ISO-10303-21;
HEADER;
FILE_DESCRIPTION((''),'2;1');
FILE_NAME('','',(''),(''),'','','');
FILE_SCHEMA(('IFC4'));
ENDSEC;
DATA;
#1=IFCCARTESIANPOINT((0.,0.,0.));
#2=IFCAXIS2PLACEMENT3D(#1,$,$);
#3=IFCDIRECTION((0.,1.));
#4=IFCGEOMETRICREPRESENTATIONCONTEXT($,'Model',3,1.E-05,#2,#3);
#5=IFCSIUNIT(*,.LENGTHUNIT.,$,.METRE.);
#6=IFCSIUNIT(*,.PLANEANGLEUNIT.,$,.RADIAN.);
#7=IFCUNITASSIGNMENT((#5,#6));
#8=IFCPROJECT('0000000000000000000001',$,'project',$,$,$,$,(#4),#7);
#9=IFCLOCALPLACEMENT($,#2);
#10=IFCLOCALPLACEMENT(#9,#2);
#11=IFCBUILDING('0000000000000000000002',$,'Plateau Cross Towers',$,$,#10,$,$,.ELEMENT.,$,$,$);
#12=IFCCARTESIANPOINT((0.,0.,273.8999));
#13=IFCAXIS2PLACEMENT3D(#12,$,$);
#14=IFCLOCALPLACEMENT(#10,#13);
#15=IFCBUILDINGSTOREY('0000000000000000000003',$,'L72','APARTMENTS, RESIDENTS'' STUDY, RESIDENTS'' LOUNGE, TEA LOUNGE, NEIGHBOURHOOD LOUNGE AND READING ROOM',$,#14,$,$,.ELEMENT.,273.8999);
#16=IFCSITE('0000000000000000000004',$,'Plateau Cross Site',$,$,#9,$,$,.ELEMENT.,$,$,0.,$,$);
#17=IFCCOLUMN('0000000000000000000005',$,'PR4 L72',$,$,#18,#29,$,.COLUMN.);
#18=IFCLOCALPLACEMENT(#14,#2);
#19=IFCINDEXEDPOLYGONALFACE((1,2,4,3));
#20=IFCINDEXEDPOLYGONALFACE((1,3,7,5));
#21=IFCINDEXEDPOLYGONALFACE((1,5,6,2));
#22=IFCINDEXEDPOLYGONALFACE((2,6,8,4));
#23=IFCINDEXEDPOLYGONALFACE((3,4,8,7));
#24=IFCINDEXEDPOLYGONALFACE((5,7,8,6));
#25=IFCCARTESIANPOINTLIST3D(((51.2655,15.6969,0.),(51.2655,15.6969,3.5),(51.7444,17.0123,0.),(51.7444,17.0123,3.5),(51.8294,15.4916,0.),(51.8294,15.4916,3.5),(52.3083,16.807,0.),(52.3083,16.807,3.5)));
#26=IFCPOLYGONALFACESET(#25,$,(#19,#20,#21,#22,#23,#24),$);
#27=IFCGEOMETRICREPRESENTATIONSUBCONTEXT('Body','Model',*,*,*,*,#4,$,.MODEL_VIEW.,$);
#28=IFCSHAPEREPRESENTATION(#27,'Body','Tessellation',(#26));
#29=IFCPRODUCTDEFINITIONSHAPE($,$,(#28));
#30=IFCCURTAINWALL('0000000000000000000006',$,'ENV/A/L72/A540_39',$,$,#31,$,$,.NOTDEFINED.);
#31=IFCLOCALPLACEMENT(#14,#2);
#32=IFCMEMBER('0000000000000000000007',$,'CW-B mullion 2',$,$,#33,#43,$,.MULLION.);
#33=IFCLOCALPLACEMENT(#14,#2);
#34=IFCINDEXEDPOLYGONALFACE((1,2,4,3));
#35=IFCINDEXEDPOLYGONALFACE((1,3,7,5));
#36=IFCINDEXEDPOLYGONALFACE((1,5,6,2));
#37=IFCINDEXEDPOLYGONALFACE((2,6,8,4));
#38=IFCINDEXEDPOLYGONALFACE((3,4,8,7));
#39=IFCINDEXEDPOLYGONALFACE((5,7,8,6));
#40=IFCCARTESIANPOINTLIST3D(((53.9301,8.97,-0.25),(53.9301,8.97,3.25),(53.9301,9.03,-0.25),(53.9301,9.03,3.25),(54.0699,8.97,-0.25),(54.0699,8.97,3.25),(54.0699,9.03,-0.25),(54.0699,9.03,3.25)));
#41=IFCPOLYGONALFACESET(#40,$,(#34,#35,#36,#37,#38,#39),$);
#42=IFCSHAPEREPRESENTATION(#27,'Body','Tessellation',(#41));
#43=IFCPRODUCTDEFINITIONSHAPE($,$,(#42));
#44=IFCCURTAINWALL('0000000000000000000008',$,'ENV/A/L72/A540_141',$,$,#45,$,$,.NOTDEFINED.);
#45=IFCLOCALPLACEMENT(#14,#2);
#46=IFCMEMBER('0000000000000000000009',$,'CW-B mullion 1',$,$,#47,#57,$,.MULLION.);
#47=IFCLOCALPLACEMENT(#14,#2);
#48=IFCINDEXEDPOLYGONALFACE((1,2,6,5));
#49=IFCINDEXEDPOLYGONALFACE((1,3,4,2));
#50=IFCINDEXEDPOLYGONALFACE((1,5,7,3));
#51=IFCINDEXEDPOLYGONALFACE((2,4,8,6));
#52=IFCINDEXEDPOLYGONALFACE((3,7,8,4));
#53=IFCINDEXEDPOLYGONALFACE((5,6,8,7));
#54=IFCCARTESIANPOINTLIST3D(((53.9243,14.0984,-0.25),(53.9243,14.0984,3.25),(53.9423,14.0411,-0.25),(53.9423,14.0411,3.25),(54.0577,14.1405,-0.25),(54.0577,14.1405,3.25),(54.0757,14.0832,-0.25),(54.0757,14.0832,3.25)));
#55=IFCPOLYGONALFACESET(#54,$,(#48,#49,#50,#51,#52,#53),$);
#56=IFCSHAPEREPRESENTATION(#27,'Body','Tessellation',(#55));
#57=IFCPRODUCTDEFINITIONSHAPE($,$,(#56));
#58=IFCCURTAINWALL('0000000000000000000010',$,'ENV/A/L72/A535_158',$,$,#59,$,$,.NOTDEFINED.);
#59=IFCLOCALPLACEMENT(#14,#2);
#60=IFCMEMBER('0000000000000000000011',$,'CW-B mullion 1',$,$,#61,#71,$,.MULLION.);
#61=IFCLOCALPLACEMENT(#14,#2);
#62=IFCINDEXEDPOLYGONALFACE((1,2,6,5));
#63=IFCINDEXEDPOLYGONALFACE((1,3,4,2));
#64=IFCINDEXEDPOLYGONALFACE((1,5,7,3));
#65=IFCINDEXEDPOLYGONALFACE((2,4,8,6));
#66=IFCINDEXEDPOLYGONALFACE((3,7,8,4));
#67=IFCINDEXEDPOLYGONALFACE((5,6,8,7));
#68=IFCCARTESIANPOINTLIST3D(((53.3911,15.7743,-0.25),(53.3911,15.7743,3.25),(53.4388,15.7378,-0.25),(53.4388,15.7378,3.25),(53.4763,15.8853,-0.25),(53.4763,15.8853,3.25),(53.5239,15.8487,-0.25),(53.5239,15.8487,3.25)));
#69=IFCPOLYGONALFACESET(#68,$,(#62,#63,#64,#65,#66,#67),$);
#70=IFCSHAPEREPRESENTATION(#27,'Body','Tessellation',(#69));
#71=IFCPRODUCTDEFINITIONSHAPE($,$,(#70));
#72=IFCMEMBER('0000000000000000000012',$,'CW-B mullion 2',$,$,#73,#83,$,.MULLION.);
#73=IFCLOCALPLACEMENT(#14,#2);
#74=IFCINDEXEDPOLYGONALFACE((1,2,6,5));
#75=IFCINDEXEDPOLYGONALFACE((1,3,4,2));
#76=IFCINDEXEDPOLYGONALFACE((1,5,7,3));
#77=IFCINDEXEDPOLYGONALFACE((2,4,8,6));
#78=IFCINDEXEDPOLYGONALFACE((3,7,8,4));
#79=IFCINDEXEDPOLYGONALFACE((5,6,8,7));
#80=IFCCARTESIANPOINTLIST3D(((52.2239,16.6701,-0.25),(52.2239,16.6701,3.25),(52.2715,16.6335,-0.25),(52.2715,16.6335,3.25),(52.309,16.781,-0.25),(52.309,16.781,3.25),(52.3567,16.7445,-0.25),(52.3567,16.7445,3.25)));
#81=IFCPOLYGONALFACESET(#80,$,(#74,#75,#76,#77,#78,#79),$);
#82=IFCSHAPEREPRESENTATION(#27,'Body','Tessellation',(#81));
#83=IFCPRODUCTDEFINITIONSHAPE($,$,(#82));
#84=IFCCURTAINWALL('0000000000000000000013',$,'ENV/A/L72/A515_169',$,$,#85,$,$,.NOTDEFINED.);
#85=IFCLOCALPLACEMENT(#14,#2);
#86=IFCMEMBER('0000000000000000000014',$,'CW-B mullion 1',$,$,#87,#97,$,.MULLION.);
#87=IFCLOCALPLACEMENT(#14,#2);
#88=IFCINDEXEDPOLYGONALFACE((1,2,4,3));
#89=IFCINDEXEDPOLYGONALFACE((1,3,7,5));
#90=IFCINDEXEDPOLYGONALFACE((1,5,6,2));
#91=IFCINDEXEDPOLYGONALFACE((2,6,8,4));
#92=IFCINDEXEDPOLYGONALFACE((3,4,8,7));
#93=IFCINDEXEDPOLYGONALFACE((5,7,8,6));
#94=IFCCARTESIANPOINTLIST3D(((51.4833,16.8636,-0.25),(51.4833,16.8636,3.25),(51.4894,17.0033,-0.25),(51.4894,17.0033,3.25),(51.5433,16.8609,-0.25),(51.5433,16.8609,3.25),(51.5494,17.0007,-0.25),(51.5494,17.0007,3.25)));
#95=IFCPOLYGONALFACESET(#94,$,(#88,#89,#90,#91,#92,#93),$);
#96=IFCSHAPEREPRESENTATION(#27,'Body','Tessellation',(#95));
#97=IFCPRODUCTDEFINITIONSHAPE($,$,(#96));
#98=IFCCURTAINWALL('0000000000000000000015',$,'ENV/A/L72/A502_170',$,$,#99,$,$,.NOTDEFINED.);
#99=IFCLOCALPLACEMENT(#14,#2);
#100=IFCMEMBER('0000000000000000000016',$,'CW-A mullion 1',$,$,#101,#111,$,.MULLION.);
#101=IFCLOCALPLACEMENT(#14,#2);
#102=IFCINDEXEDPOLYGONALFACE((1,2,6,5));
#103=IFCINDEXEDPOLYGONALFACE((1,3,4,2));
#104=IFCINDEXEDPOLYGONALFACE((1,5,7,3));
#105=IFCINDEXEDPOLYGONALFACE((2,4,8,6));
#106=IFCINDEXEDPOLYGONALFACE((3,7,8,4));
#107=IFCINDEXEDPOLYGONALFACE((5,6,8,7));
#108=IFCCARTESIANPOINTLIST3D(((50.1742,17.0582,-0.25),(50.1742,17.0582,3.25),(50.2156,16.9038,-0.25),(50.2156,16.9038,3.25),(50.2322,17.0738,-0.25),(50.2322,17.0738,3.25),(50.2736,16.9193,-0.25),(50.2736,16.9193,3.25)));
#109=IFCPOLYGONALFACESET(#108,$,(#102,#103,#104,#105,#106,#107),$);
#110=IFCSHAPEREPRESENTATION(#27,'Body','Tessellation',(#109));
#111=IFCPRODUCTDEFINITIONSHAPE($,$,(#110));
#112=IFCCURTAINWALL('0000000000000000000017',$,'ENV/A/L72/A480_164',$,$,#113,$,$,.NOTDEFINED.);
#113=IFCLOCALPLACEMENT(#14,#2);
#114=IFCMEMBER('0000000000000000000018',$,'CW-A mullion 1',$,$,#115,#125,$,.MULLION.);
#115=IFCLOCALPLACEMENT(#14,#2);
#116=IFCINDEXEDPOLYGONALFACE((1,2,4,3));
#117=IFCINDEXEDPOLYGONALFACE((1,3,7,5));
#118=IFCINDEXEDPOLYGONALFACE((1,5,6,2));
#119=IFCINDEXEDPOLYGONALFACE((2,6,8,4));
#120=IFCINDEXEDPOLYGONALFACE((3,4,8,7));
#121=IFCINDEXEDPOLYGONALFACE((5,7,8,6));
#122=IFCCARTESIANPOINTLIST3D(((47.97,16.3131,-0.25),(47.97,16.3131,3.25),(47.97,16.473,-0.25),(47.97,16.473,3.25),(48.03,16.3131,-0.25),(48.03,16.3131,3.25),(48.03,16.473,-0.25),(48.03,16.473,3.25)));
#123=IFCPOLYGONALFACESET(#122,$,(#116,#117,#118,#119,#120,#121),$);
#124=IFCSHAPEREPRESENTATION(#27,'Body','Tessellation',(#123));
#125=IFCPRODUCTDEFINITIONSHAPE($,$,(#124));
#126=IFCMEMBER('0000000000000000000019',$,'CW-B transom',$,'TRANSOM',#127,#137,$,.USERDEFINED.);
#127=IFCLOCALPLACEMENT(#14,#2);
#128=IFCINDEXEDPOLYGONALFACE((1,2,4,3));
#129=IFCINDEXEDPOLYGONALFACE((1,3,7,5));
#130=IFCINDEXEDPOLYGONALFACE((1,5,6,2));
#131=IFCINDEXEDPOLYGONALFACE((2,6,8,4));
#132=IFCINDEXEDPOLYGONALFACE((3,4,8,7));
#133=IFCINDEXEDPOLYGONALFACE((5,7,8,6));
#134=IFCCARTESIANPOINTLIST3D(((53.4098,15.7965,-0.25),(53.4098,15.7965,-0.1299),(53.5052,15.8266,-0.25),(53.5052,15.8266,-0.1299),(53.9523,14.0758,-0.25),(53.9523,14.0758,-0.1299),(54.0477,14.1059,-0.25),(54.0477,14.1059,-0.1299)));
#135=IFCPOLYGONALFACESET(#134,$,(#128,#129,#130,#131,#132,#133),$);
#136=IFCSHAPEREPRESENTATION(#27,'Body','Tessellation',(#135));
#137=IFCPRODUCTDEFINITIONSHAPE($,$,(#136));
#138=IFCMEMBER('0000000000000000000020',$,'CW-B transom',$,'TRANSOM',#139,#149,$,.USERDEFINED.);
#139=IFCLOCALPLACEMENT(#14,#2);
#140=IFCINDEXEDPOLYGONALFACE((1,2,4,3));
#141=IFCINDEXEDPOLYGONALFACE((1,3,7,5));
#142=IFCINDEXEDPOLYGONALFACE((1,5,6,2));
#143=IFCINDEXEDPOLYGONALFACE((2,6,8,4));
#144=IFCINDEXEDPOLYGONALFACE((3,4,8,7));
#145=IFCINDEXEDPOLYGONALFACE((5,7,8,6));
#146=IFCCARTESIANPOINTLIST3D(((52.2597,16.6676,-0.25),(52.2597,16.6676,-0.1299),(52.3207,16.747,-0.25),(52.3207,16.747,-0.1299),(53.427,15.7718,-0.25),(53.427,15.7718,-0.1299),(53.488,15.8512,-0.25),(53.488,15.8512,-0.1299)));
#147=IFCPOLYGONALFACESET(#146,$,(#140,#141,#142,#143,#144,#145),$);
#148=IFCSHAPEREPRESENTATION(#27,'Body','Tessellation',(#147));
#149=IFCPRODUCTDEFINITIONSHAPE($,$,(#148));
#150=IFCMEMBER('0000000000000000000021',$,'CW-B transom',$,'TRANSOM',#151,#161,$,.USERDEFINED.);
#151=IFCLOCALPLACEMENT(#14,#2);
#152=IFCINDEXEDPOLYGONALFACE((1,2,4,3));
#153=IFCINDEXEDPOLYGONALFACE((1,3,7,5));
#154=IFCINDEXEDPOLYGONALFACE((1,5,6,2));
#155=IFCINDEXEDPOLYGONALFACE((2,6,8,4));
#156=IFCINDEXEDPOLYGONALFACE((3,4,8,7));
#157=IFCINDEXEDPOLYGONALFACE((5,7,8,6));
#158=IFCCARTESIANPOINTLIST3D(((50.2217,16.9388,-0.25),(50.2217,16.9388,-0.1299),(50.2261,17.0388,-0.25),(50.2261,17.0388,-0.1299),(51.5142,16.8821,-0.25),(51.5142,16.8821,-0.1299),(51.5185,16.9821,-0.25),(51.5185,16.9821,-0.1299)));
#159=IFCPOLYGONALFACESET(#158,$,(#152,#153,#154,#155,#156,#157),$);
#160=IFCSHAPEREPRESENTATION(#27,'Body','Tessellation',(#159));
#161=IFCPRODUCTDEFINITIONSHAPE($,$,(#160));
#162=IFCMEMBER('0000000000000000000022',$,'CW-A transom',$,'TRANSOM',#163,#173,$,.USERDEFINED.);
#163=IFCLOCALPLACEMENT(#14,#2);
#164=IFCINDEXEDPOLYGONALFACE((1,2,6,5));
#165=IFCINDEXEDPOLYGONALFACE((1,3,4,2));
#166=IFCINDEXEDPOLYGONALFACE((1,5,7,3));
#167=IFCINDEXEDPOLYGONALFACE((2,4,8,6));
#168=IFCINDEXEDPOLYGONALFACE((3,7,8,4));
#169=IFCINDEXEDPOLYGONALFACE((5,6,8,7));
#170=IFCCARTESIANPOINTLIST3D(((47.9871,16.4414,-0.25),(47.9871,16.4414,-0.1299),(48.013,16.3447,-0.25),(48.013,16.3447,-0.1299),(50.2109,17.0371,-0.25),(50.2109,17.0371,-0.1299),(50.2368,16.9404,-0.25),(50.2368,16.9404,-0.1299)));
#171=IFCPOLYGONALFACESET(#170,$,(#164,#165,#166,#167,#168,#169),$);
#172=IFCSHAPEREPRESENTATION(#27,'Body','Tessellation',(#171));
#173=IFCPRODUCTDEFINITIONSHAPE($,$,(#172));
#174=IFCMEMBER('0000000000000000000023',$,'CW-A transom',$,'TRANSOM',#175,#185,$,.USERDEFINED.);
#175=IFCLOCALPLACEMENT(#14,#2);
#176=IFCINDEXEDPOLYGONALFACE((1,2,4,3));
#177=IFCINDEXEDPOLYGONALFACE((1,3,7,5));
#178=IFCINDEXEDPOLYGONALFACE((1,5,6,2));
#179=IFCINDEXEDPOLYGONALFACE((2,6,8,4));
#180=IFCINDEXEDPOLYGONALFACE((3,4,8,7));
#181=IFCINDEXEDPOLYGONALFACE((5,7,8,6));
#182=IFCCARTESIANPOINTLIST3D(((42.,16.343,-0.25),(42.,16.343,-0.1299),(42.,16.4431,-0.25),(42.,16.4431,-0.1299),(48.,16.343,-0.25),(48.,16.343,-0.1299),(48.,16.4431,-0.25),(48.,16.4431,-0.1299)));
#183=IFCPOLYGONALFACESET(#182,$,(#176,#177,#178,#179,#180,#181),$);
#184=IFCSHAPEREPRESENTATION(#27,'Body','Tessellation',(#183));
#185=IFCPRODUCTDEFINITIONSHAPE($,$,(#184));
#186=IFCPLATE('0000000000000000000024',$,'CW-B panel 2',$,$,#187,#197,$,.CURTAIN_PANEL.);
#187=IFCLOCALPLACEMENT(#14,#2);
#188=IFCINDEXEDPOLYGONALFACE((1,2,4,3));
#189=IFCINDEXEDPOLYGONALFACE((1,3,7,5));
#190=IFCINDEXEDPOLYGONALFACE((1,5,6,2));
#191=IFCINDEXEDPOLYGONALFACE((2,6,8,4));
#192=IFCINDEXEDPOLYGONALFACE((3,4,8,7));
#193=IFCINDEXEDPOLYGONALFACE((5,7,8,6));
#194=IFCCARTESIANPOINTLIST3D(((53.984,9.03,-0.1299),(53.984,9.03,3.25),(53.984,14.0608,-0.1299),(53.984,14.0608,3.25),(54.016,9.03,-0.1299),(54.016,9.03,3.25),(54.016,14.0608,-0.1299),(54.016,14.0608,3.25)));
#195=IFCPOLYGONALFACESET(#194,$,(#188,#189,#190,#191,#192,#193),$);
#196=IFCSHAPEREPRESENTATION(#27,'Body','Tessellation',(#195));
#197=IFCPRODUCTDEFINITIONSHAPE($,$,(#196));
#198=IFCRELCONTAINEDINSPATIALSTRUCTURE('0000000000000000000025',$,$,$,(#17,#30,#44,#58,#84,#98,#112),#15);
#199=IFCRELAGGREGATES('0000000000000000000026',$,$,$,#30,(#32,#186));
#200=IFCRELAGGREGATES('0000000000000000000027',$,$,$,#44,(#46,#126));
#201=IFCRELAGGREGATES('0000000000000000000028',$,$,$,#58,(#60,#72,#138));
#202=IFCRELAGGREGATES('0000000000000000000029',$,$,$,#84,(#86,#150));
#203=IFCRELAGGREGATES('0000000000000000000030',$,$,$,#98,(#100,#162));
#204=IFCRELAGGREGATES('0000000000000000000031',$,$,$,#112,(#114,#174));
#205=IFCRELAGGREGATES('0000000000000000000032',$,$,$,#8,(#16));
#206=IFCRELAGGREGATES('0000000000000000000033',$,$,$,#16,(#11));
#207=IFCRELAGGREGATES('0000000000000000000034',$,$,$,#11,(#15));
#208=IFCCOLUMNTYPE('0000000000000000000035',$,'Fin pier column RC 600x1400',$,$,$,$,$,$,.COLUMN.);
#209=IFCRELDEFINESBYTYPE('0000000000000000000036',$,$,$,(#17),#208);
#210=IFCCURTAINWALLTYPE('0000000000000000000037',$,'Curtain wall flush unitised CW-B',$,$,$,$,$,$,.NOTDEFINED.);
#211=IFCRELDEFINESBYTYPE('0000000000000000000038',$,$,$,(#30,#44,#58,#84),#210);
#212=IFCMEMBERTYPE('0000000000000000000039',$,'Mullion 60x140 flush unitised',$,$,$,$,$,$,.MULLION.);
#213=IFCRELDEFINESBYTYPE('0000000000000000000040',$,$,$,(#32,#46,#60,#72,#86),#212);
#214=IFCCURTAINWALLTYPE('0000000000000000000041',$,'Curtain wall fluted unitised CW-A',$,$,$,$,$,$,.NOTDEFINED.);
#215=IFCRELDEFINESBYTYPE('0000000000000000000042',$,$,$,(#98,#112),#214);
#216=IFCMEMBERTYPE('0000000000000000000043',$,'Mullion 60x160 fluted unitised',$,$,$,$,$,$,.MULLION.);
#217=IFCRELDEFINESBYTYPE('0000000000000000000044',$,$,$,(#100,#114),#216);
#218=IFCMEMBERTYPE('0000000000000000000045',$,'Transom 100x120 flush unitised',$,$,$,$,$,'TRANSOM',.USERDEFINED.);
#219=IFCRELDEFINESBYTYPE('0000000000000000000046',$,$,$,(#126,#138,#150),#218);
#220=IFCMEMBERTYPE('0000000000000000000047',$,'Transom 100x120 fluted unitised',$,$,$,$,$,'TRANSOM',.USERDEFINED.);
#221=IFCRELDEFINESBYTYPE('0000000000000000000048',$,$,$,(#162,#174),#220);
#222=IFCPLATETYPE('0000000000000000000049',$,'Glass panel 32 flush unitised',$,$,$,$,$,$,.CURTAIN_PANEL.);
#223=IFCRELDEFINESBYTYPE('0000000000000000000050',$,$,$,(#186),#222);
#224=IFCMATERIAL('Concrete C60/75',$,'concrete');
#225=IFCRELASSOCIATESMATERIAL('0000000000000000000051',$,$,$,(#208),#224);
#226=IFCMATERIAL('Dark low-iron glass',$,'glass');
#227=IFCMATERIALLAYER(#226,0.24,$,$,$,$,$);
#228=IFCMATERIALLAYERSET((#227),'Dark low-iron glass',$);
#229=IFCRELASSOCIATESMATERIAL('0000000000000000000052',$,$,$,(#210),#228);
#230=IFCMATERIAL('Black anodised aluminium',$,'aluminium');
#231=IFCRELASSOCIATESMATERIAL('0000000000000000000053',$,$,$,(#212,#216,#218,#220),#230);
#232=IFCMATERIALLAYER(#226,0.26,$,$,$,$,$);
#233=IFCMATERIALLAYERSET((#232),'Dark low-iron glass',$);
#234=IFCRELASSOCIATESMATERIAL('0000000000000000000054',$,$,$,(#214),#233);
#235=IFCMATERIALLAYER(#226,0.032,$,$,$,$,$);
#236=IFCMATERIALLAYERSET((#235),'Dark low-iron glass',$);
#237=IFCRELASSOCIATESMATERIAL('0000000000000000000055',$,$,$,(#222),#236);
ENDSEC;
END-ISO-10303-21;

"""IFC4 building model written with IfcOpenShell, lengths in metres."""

from ifc_helpers import new_model, si_unit, direction, frame, origin, origin_2d, place, context, subcontext, project, spatial, rectangle, extrude, material, layer, layer_set, material_profile, profile_set, type_object, element, aggregate, save


model = new_model("IFC4")

# Units and contexts
model_context = context("Model", 3, precision=1e-05, world=origin(), true_north=direction((0.0, 1.0)))
body_context = subcontext(model_context, "Body", "Model", "MODEL_VIEW")
ifc_project = project(units=[si_unit("LENGTHUNIT", "METRE"), si_unit("PLANEANGLEUNIT", "RADIAN")], contexts=[model_context])

# Site, building, storey
site_placement = place(None, origin())
site = spatial("IfcSite", under=ifc_project, at=site_placement, Name="Plateau Cross Site", CompositionType="ELEMENT", RefElevation=0.0)
building_placement = place(site_placement, origin())
building = spatial("IfcBuilding", under=site, at=building_placement, Name="Plateau Cross Towers", CompositionType="ELEMENT")
storey_placement = place(building_placement, frame((0.0, 0.0, 273.8999)))
storey = spatial("IfcBuildingStorey", under=building, at=storey_placement, Name="L72", Description="APARTMENTS, RESIDENTS' STUDY, RESIDENTS' LOUNGE, TEA LOUNGE, NEIGHBOURHOOD LOUNGE AND READING ROOM", CompositionType="ELEMENT", Elevation=273.8999)

# Column
ifc_material_1 = material(Name="Concrete C60/75", Category="concrete")
ifc_material_profile_1 = material_profile(ifc_material_1, rectangle(XDim=0.6001, YDim=1.3999, at=origin_2d()), Name="RC 600x1400")
ifc_profile_set_1 = profile_set([ifc_material_profile_1], Name="Concrete C60/75")
column_type = type_object("IfcColumnType", Name="Fin pier column RC 600x1400", PredefinedType="COLUMN", material=ifc_profile_set_1)
column_placement = place(storey_placement, frame((51.7869, 16.252, 0.0), z_axis=(0.0, 0.0, 1.0), x_axis=(-0.939664, 0.342098, 0.0)))
element("IfcColumn", 1, at=column_placement, inside=storey, type_object=column_type, Name="PR4 L72", PredefinedType="COLUMN", context=body_context, shape_type="SweptSolid", body=[
    extrude(rectangle(XDim=0.6001, YDim=1.3999, at=origin_2d()), origin(), (0.0, 0.0, 1.0), 3.5),
])

# Curtain walls, members
ifc_material_2 = material(Name="Dark low-iron glass", Category="glass")
ifc_layer_1 = layer(ifc_material_2, 0.24)
ifc_layer_set_1 = layer_set([ifc_layer_1], Name="Dark low-iron glass")
curtain_wall_type_1 = type_object("IfcCurtainWallType", Name="Curtain wall flush unitised CW-B", PredefinedType="NOTDEFINED", material=ifc_layer_set_1)
curtain_wall_1_placement = place(storey_placement, origin())
curtain_wall_1 = element("IfcCurtainWall", 2, at=curtain_wall_1_placement, inside=storey, type_object=curtain_wall_type_1, Name="ENV/A/L72/A540_39", PredefinedType="NOTDEFINED")
ifc_material_3 = material(Name="Black anodised aluminium", Category="aluminium")
ifc_material_profile_2 = material_profile(ifc_material_3, rectangle(XDim=0.0601, YDim=0.1399, at=origin_2d()), Name="MULLION 60x140")
ifc_profile_set_2 = profile_set([ifc_material_profile_2], Name="Black anodised aluminium")
member_type_1 = type_object("IfcMemberType", Name="Mullion 60x140 flush unitised", PredefinedType="MULLION", material=ifc_profile_set_2)
member_1_placement = place(storey_placement, frame((54.0, 9.0, -0.25), z_axis=(0.0, 0.0, 1.0), x_axis=(0.0, 1.0, 0.0)))
member_1 = element("IfcMember", 3, at=member_1_placement, type_object=member_type_1, Name="CW-B mullion 2", PredefinedType="MULLION", context=body_context, shape_type="SweptSolid", body=[
    extrude(rectangle(XDim=0.0601, YDim=0.1399, at=origin_2d()), origin(), (0.0, 0.0, 1.0), 3.5),
])
curtain_wall_2_placement = place(storey_placement, origin())
curtain_wall_2 = element("IfcCurtainWall", 4, at=curtain_wall_2_placement, inside=storey, type_object=curtain_wall_type_1, Name="ENV/A/L72/A540_141", PredefinedType="NOTDEFINED")
member_2_placement = place(storey_placement, frame((54.0, 14.0908, -0.25), z_axis=(0.0, 0.0, 1.0), x_axis=(-0.300686, 0.953723, 0.0)))
member_2 = element("IfcMember", 5, at=member_2_placement, type_object=member_type_1, Name="CW-B mullion 1", PredefinedType="MULLION", context=body_context, shape_type="SweptSolid", body=[
    extrude(rectangle(XDim=0.0601, YDim=0.1399, at=origin_2d()), origin(), (0.0, 0.0, 1.0), 3.5),
])

# Curtain wall, members
curtain_wall_3_placement = place(storey_placement, origin())
curtain_wall_3 = element("IfcCurtainWall", 6, at=curtain_wall_3_placement, inside=storey, type_object=curtain_wall_type_1, Name="ENV/A/L72/A535_158", PredefinedType="NOTDEFINED")
member_3_placement = place(storey_placement, frame((53.4575, 15.8115, -0.25), z_axis=(0.0, 0.0, 1.0), x_axis=(-0.793316, 0.608811, 0.0)))
member_3 = element("IfcMember", 7, at=member_3_placement, type_object=member_type_1, Name="CW-B mullion 1", PredefinedType="MULLION", context=body_context, shape_type="SweptSolid", body=[
    extrude(rectangle(XDim=0.0601, YDim=0.1399, at=origin_2d()), origin(), (0.0, 0.0, 1.0), 3.5),
])
member_4_placement = place(storey_placement, frame((52.2903, 16.7073, -0.25), z_axis=(0.0, 0.0, 1.0), x_axis=(-0.793316, 0.608811, 0.0)))
member_4 = element("IfcMember", 8, at=member_4_placement, type_object=member_type_1, Name="CW-B mullion 2", PredefinedType="MULLION", context=body_context, shape_type="SweptSolid", body=[
    extrude(rectangle(XDim=0.0601, YDim=0.1399, at=origin_2d()), origin(), (0.0, 0.0, 1.0), 3.5),
])

# Curtain walls, members
curtain_wall_4_placement = place(storey_placement, origin())
curtain_wall_4 = element("IfcCurtainWall", 9, at=curtain_wall_4_placement, inside=storey, type_object=curtain_wall_type_1, Name="ENV/A/L72/A515_169", PredefinedType="NOTDEFINED")
member_5_placement = place(storey_placement, frame((51.5164, 16.9321, -0.25), z_axis=(0.0, 0.0, 1.0), x_axis=(-0.999044, 0.043723, 0.0)))
member_5 = element("IfcMember", 10, at=member_5_placement, type_object=member_type_1, Name="CW-B mullion 1", PredefinedType="MULLION", context=body_context, shape_type="SweptSolid", body=[
    extrude(rectangle(XDim=0.0601, YDim=0.1399, at=origin_2d()), origin(), (0.0, 0.0, 1.0), 3.5),
])
ifc_layer_2 = layer(ifc_material_2, 0.26)
ifc_layer_set_2 = layer_set([ifc_layer_2], Name="Dark low-iron glass")
curtain_wall_type_2 = type_object("IfcCurtainWallType", Name="Curtain wall fluted unitised CW-A", PredefinedType="NOTDEFINED", material=ifc_layer_set_2)
curtain_wall_5_placement = place(storey_placement, origin())
curtain_wall_5 = element("IfcCurtainWall", 11, at=curtain_wall_5_placement, inside=storey, type_object=curtain_wall_type_2, Name="ENV/A/L72/A502_170", PredefinedType="NOTDEFINED")
ifc_material_profile_3 = material_profile(ifc_material_3, rectangle(XDim=0.0601, YDim=0.1599, at=origin_2d()), Name="MULLION 60x160")
ifc_profile_set_3 = profile_set([ifc_material_profile_3], Name="Black anodised aluminium")
member_type_2 = type_object("IfcMemberType", Name="Mullion 60x160 fluted unitised", PredefinedType="MULLION", material=ifc_profile_set_3)
member_6_placement = place(storey_placement, frame((50.2239, 16.9888, -0.25), z_axis=(0.0, 0.0, 1.0), x_axis=(-0.965958, -0.258699, 0.0)))
member_6 = element("IfcMember", 12, at=member_6_placement, type_object=member_type_2, Name="CW-A mullion 1", PredefinedType="MULLION", context=body_context, shape_type="SweptSolid", body=[
    extrude(rectangle(XDim=0.0601, YDim=0.1599, at=origin_2d()), origin(), (0.0, 0.0, 1.0), 3.5),
])
curtain_wall_6_placement = place(storey_placement, origin())
curtain_wall_6 = element("IfcCurtainWall", 13, at=curtain_wall_6_placement, inside=storey, type_object=curtain_wall_type_2, Name="ENV/A/L72/A480_164", PredefinedType="NOTDEFINED")
member_7_placement = place(storey_placement, frame((48.0, 16.3931, -0.25), z_axis=(0.0, 0.0, 1.0), x_axis=(-1.0, 0.0, 0.0)))
member_7 = element("IfcMember", 14, at=member_7_placement, type_object=member_type_2, Name="CW-A mullion 1", PredefinedType="MULLION", context=body_context, shape_type="SweptSolid", body=[
    extrude(rectangle(XDim=0.0601, YDim=0.1599, at=origin_2d()), origin(), (0.0, 0.0, 1.0), 3.5),
])

# Members
ifc_material_profile_4 = material_profile(ifc_material_3, rectangle(XDim=0.1001, YDim=0.1201, at=origin_2d()), Name="TRANSOM 100x120")
ifc_profile_set_4 = profile_set([ifc_material_profile_4], Name="Black anodised aluminium")
member_type_3 = type_object("IfcMemberType", Name="Transom 100x120 flush unitised", ElementType="TRANSOM", PredefinedType="USERDEFINED", material=ifc_profile_set_4)
member_8_placement = place(storey_placement, frame((54.0, 14.0908, -0.1899), z_axis=(-0.300678, 0.953726, 0.0), x_axis=(-0.953726, -0.300678, 0.0)))
member_8 = element("IfcMember", 15, at=member_8_placement, type_object=member_type_3, Name="CW-B transom", ObjectType="TRANSOM", PredefinedType="USERDEFINED", context=body_context, shape_type="SweptSolid", body=[
    extrude(rectangle(XDim=0.1001, YDim=0.1201, at=origin_2d()), origin(), (0.0, 0.0, 1.0), 1.8042),
])
member_9_placement = place(storey_placement, frame((53.4575, 15.8115, -0.1899), z_axis=(-0.793321, 0.608804, 0.0), x_axis=(-0.608804, -0.793321, 0.0)))
member_9 = element("IfcMember", 16, at=member_9_placement, type_object=member_type_3, Name="CW-B transom", ObjectType="TRANSOM", PredefinedType="USERDEFINED", context=body_context, shape_type="SweptSolid", body=[
    extrude(rectangle(XDim=0.1001, YDim=0.1201, at=origin_2d()), origin(), (0.0, 0.0, 1.0), 1.4714),
])
member_10_placement = place(storey_placement, frame((51.5164, 16.9321, -0.1899), z_axis=(-0.999041, 0.043781, 0.0), x_axis=(-0.043781, -0.999041, 0.0)))
member_10 = element("IfcMember", 17, at=member_10_placement, type_object=member_type_3, Name="CW-B transom", ObjectType="TRANSOM", PredefinedType="USERDEFINED", context=body_context, shape_type="SweptSolid", body=[
    extrude(rectangle(XDim=0.1001, YDim=0.1201, at=origin_2d()), origin(), (0.0, 0.0, 1.0), 1.2937),
])
ifc_material_profile_5 = material_profile(ifc_material_3, rectangle(XDim=0.1001, YDim=0.1201, at=origin_2d()), Name="TRANSOM 100x120")
ifc_profile_set_5 = profile_set([ifc_material_profile_5], Name="Black anodised aluminium")
member_type_4 = type_object("IfcMemberType", Name="Transom 100x120 fluted unitised", ElementType="TRANSOM", PredefinedType="USERDEFINED", material=ifc_profile_set_5)
member_11_placement = place(storey_placement, frame((50.2239, 16.9888, -0.1899), z_axis=(-0.965946, -0.258745, 0.0), x_axis=(0.258745, -0.965946, 0.0)))
member_11 = element("IfcMember", 18, at=member_11_placement, type_object=member_type_4, Name="CW-A transom", ObjectType="TRANSOM", PredefinedType="USERDEFINED", context=body_context, shape_type="SweptSolid", body=[
    extrude(rectangle(XDim=0.1001, YDim=0.1201, at=origin_2d()), origin(), (0.0, 0.0, 1.0), 2.3022),
])
member_12_placement = place(storey_placement, frame((48.0, 16.3931, -0.1899), z_axis=(-1.0, 0.0, 0.0), x_axis=(0.0, -1.0, 0.0)))
member_12 = element("IfcMember", 19, at=member_12_placement, type_object=member_type_4, Name="CW-A transom", ObjectType="TRANSOM", PredefinedType="USERDEFINED", context=body_context, shape_type="SweptSolid", body=[
    extrude(rectangle(XDim=0.1001, YDim=0.1201, at=origin_2d()), origin(), (0.0, 0.0, 1.0), 6.0),
])

# Plate
ifc_layer_3 = layer(ifc_material_2, 0.032)
ifc_layer_set_3 = layer_set([ifc_layer_3], Name="Dark low-iron glass")
plate_type_1 = type_object("IfcPlateType", Name="Glass panel 32 flush unitised", PredefinedType="CURTAIN_PANEL", material=ifc_layer_set_3)
plate_1_placement = place(storey_placement, frame((54.0, 11.5454, -0.1299), z_axis=(0.0, 0.0, 1.0), x_axis=(0.0, 1.0, 0.0)))
plate_1 = element("IfcPlate", 20, at=plate_1_placement, type_object=plate_type_1, Name="CW-B panel 2", PredefinedType="CURTAIN_PANEL", context=body_context, shape_type="SweptSolid", body=[
    extrude(rectangle(XDim=5.0308, YDim=0.032, at=origin_2d()), origin(), (0.0, 0.0, 1.0), 3.3799),
])
aggregate(curtain_wall_1, [member_1, plate_1])
aggregate(curtain_wall_2, [member_2, member_8])
aggregate(curtain_wall_3, [member_3, member_4, member_9])
aggregate(curtain_wall_4, [member_5, member_10])
aggregate(curtain_wall_5, [member_6, member_11])
aggregate(curtain_wall_6, [member_7, member_12])

save(model, "model.ifc")
